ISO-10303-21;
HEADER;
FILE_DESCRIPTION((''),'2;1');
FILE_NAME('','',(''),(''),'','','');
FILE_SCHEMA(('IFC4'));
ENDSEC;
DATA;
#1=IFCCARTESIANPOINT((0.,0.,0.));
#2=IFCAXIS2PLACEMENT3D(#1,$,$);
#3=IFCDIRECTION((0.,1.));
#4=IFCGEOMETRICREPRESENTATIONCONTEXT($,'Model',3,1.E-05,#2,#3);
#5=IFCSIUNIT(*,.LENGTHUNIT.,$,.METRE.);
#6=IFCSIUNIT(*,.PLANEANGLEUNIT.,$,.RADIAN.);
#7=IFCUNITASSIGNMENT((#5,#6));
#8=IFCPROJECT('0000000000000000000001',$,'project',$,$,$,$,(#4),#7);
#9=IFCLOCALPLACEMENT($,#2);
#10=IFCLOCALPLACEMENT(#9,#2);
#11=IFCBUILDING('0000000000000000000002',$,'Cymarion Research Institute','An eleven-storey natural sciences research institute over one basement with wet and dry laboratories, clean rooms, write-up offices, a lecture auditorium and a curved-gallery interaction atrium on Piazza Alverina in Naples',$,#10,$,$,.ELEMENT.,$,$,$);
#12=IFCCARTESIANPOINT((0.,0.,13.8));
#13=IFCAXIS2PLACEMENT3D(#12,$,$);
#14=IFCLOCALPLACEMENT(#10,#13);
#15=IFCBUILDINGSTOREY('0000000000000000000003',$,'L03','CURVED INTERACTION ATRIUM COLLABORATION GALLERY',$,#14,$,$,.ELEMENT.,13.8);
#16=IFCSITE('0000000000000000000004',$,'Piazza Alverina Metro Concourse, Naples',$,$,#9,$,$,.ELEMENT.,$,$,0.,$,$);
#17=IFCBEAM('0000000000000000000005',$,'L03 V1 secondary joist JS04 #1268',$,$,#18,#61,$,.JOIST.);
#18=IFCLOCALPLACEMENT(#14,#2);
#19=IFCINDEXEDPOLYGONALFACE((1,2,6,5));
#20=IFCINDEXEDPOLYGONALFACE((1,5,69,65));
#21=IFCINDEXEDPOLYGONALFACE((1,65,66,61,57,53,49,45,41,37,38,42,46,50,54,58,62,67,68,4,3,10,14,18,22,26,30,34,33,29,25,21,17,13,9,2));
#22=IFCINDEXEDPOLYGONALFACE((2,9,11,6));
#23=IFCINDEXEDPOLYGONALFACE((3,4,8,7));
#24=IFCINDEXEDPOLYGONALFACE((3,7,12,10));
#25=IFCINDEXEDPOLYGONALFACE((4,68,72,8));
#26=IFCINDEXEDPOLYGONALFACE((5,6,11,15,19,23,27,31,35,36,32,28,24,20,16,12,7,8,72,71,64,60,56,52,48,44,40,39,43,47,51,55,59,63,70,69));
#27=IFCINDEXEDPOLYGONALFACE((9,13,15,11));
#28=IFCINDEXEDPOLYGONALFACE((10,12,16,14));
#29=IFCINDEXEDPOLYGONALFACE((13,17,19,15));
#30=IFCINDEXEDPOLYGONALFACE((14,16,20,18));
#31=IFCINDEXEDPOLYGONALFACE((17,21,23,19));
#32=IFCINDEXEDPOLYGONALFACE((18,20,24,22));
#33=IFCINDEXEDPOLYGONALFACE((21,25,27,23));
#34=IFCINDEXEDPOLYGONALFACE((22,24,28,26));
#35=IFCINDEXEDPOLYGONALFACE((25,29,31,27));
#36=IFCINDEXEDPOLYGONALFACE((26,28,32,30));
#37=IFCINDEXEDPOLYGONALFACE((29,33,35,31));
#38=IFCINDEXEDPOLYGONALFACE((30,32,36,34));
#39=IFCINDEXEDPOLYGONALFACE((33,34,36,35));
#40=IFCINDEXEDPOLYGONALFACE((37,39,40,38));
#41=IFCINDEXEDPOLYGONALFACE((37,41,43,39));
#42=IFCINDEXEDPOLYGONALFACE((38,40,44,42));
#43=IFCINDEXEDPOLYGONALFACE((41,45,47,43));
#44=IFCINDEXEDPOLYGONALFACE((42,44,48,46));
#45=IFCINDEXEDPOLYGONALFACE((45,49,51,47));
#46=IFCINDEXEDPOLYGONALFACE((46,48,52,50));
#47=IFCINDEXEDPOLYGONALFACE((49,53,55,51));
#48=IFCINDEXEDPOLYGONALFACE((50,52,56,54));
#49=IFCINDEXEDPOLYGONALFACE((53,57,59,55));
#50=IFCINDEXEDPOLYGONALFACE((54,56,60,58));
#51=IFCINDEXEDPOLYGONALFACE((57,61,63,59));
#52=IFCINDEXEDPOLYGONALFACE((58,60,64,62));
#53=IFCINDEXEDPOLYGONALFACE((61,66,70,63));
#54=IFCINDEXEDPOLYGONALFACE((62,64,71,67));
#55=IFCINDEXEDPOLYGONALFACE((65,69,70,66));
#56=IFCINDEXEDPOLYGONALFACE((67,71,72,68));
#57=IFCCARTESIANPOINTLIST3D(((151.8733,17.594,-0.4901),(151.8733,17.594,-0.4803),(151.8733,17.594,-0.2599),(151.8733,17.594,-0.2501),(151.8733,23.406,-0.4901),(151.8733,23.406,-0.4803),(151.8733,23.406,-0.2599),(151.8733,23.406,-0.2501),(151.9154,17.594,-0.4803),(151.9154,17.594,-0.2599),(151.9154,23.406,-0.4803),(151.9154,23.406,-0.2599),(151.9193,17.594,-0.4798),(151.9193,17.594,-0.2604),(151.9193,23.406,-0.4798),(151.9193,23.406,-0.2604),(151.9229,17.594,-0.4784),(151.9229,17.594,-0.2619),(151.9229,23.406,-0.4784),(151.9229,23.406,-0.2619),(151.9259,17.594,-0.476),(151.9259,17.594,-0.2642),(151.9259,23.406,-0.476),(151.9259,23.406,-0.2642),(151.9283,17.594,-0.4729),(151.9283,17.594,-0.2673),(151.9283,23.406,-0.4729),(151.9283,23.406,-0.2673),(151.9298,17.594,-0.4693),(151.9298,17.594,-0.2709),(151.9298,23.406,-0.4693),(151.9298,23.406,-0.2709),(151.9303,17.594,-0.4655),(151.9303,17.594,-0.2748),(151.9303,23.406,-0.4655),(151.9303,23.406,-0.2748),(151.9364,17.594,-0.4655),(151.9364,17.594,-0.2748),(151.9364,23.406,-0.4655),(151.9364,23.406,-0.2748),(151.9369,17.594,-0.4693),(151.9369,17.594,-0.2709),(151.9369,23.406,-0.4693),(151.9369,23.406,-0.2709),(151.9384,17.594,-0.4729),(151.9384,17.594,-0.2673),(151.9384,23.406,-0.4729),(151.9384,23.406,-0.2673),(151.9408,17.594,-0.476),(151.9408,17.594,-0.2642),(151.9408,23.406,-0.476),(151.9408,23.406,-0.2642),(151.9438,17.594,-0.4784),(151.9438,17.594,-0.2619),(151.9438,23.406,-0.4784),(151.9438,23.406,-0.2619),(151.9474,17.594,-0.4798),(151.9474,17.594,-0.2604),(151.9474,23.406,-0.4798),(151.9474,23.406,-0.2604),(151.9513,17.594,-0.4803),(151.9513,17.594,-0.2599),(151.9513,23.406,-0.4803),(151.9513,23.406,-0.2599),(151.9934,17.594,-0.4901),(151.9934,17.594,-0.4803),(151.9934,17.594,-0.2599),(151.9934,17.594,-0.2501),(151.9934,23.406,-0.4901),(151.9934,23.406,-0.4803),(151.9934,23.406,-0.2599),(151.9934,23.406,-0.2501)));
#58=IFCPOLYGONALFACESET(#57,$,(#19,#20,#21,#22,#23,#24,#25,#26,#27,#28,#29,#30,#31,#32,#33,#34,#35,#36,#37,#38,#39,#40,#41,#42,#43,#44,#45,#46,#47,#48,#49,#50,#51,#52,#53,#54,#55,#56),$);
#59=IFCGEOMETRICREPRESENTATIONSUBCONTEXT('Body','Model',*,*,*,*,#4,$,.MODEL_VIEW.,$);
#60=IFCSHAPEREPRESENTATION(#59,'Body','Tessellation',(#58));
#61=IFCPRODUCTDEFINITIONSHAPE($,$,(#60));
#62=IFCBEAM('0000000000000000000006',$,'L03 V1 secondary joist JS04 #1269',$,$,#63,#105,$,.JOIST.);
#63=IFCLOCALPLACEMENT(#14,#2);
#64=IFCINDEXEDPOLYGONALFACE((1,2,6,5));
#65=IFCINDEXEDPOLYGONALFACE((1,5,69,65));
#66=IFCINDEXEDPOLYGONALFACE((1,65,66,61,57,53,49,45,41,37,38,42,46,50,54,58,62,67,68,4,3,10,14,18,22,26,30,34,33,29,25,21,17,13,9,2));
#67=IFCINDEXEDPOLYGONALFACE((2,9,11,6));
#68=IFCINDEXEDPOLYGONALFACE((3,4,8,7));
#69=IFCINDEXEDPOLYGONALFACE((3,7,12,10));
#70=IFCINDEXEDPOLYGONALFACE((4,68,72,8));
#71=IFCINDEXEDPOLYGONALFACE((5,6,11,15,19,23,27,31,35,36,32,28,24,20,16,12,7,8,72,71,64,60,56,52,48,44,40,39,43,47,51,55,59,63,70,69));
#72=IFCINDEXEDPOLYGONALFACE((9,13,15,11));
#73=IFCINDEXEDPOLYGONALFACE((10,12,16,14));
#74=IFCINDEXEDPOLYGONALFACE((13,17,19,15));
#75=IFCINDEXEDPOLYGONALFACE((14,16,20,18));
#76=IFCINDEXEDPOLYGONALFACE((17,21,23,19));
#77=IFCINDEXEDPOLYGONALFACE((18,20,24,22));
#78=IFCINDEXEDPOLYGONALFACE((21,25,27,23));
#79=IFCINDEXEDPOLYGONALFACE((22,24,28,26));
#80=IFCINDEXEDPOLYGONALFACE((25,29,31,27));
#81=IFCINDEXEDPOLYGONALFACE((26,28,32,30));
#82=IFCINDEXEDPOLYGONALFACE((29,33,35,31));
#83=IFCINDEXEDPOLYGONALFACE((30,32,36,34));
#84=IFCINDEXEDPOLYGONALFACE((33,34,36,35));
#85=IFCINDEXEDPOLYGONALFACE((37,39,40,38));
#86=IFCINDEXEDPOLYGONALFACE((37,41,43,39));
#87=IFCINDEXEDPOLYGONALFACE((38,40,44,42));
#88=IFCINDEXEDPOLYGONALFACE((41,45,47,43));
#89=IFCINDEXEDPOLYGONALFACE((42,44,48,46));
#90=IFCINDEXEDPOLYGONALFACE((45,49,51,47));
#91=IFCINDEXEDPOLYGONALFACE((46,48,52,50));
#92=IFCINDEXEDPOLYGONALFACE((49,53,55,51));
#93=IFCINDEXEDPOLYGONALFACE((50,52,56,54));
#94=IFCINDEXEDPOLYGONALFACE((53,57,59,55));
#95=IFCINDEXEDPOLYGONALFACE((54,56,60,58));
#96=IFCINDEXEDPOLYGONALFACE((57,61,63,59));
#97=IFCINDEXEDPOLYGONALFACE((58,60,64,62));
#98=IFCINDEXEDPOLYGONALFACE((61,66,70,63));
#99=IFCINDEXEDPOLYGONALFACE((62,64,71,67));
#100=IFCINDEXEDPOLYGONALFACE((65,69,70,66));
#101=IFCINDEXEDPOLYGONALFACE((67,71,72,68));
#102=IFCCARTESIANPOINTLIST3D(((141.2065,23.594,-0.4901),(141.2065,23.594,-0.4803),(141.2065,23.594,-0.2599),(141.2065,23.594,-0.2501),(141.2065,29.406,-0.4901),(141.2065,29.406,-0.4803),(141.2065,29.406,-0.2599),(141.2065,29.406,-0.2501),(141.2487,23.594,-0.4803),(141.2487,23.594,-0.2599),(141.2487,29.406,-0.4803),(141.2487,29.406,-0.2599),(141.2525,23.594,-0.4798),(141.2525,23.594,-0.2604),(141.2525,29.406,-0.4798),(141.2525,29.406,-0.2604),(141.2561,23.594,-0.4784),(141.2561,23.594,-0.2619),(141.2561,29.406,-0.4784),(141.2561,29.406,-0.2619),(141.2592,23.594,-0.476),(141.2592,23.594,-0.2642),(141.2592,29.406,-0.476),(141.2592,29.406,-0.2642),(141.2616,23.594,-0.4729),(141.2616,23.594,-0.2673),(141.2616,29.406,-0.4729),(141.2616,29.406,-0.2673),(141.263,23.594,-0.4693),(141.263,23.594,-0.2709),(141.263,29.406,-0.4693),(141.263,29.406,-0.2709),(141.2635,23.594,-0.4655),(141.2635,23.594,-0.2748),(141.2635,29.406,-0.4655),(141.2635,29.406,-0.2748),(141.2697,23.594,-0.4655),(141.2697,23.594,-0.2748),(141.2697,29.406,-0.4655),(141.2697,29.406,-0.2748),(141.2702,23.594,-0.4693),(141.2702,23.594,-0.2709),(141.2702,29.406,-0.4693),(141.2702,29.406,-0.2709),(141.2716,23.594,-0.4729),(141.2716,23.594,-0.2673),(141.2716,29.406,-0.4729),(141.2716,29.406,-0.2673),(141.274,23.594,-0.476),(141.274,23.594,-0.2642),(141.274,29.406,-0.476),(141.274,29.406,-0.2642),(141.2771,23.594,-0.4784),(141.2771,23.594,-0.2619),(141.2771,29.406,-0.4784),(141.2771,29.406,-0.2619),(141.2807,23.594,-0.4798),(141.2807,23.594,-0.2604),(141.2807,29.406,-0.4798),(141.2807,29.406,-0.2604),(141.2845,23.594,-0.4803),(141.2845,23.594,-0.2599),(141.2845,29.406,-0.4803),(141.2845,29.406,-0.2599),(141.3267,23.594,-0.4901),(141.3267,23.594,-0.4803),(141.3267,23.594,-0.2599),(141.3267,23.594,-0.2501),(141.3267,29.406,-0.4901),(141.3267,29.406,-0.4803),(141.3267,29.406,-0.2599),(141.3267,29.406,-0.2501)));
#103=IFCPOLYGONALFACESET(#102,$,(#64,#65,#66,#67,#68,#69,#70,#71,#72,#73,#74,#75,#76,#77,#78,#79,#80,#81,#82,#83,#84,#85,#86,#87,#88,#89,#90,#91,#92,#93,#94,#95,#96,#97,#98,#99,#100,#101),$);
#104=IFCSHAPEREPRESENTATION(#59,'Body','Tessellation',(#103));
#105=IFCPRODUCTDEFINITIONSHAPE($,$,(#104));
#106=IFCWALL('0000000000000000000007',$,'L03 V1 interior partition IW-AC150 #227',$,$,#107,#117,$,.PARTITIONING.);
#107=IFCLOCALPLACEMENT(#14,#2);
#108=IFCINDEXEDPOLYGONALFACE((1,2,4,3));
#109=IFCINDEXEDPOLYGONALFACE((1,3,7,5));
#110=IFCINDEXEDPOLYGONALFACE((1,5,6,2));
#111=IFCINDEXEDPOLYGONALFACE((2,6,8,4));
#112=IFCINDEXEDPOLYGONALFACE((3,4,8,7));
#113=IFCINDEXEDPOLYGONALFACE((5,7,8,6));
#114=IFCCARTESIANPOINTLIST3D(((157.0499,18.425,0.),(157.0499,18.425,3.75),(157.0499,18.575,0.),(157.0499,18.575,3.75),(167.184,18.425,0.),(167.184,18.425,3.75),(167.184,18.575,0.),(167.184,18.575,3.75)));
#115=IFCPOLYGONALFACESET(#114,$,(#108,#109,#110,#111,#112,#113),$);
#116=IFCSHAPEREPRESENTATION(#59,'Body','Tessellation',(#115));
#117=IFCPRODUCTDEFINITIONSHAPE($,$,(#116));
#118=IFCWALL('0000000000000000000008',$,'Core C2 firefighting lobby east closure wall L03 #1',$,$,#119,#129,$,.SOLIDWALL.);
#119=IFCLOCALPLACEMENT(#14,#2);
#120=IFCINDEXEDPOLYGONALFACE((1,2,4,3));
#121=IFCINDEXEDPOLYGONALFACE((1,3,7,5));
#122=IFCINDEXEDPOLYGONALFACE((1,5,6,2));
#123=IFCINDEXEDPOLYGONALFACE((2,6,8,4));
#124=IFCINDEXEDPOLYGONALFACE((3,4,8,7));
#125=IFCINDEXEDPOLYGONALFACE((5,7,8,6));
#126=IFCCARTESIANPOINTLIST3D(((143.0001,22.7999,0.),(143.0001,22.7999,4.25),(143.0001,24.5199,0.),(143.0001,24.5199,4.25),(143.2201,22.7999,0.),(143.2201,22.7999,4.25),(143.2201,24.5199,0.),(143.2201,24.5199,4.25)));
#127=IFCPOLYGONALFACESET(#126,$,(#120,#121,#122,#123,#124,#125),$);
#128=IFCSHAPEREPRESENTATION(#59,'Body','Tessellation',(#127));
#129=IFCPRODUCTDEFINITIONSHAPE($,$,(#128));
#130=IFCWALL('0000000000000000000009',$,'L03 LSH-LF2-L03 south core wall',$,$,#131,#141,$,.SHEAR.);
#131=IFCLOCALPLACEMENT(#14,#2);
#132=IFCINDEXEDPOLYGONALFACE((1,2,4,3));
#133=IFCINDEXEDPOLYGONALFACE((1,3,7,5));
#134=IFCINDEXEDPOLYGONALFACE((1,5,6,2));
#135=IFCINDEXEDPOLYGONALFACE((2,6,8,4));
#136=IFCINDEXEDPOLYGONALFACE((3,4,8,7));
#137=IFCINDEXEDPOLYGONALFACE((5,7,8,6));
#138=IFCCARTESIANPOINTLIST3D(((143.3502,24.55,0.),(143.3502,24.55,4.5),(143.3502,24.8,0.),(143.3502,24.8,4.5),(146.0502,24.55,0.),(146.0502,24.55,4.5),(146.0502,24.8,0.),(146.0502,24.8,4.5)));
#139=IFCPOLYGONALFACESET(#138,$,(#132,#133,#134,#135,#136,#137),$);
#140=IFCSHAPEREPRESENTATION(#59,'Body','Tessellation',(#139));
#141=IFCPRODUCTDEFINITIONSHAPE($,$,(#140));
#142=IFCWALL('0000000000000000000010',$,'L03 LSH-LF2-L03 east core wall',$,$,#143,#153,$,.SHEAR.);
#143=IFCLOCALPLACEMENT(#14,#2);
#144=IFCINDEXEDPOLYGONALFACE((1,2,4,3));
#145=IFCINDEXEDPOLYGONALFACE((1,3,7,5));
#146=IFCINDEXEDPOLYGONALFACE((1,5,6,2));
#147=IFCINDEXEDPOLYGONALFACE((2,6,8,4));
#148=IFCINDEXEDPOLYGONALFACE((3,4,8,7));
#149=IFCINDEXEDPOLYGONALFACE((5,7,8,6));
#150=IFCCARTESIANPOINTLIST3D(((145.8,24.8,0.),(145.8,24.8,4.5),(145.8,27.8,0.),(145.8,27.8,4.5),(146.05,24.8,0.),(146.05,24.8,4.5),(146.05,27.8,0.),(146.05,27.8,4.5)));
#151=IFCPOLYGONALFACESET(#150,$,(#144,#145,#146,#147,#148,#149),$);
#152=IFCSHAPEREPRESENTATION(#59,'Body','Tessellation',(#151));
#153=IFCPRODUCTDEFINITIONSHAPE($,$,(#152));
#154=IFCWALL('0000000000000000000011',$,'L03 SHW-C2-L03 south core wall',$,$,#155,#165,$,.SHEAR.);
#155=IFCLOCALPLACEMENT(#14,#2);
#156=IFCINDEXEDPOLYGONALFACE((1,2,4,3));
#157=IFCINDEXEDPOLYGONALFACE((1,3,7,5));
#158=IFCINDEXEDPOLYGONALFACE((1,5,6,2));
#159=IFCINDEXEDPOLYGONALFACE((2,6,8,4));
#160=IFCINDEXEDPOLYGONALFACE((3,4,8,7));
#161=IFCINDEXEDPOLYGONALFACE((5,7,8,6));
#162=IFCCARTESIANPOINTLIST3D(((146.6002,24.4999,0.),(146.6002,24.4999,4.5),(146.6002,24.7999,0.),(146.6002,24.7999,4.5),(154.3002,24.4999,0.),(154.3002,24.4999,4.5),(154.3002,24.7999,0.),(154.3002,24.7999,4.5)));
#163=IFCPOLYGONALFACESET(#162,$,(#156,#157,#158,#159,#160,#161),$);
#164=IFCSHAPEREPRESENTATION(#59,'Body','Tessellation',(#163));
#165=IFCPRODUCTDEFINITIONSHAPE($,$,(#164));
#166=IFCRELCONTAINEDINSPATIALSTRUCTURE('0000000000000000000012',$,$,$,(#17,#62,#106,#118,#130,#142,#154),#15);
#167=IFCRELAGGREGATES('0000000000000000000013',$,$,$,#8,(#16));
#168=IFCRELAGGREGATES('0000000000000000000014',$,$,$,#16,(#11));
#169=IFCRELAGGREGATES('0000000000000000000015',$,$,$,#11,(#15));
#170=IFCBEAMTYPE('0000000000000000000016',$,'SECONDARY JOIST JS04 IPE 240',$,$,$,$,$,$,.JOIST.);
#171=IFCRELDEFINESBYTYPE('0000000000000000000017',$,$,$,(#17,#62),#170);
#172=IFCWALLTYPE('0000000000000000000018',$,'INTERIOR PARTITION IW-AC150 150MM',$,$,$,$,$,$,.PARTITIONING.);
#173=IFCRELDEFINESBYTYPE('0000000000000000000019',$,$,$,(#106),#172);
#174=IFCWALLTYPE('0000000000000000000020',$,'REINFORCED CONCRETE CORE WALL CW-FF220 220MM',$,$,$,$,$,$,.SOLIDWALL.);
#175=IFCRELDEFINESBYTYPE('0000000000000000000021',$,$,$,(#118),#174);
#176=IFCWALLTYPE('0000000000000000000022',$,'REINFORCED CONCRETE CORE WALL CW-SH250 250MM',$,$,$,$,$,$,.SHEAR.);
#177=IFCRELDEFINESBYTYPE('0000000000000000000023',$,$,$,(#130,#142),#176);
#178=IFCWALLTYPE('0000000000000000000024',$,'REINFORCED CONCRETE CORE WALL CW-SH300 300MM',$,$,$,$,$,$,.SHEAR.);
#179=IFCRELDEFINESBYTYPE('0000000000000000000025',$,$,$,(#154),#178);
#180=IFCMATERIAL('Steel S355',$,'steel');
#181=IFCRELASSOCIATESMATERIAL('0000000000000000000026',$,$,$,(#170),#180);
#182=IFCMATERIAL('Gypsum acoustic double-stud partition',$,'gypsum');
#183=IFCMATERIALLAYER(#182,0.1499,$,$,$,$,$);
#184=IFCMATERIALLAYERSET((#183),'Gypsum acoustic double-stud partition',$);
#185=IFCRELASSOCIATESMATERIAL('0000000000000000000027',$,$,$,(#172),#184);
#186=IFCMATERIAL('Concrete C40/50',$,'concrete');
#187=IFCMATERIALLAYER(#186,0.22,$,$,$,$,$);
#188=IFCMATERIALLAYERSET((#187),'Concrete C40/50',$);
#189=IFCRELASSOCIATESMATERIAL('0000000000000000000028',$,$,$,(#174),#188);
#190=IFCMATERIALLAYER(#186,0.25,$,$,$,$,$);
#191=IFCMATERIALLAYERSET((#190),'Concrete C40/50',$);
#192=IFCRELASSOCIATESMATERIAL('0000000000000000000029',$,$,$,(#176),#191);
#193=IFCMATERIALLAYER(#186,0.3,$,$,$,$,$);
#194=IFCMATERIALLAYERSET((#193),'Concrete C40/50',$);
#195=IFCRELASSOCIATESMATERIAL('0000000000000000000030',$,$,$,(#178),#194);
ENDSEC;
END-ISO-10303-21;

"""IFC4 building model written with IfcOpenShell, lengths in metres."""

from ifc_helpers import new_model, si_unit, direction, frame, frame_2d, origin, origin_2d, place, context, subcontext, project, spatial, rectangle, i_section, extrude, material, layer, layer_set, material_profile, profile_set, type_object, element, save


model = new_model("IFC4")

# Units and contexts
model_context = context("Model", 3, precision=1e-05, world=origin(), true_north=direction((0.0, 1.0)))
body_context = subcontext(model_context, "Body", "Model", "MODEL_VIEW")
ifc_project = project(units=[si_unit("LENGTHUNIT", "METRE"), si_unit("PLANEANGLEUNIT", "RADIAN")], contexts=[model_context])

# Site, building, storey
site_placement = place(None, origin())
site = spatial("IfcSite", under=ifc_project, at=site_placement, Name="Piazza Alverina Metro Concourse, Naples", CompositionType="ELEMENT", RefElevation=0.0)
building_placement = place(site_placement, origin())
building = spatial("IfcBuilding", under=site, at=building_placement, Name="Cymarion Research Institute", Description="An eleven-storey natural sciences research institute over one basement with wet and dry laboratories, clean rooms, write-up offices, a lecture auditorium and a curved-gallery interaction atrium on Piazza Alverina in Naples", CompositionType="ELEMENT")
storey_placement = place(building_placement, frame((0.0, 0.0, 13.8)))
storey = spatial("IfcBuildingStorey", under=building, at=storey_placement, Name="L03", Description="CURVED INTERACTION ATRIUM COLLABORATION GALLERY", CompositionType="ELEMENT", Elevation=13.8)

# Shared definitions
ifc_material_1 = material(Name="Steel S355", Category="steel")

# Beams
ifc_material_2 = material(Name="Concrete C40/50", Category="concrete")
ifc_material_profile_1 = material_profile(ifc_material_1, i_section(OverallWidth=0.1201, OverallDepth=0.24, WebThickness=0.0061, FlangeThickness=0.0098, FilletRadius=0.0149, at=origin_2d()), Name="IPE 240")
ifc_profile_set_1 = profile_set([ifc_material_profile_1], Name="Steel S355")
beam_type_1 = type_object("IfcBeamType", Name="SECONDARY JOIST JS04 IPE 240", PredefinedType="JOIST", material=ifc_profile_set_1)
for number, where, z_axis, x_axis, name in (
    (1, (151.9333, 17.594, -0.3701), (0.0, 1.0, 0.0), (-1.0, 0.0, 0.0), "L03 V1 secondary joist JS04 #1268"),
    (2, (141.2666, 23.594, -0.3701), (0.0, 1.0, 0.0), (-1.0, 0.0, 0.0), "L03 V1 secondary joist JS04 #1269"),
):
    element("IfcBeam", number, at=place(storey_placement, frame(where, z_axis=z_axis, x_axis=x_axis)), inside=storey, type_object=beam_type_1, Name=name, PredefinedType="JOIST", context=body_context, shape_type="SweptSolid", body=[
        extrude(i_section(OverallWidth=0.1201, OverallDepth=0.24, WebThickness=0.0061, FlangeThickness=0.0098, FilletRadius=0.0149, at=origin_2d()), origin(), (0.0, 0.0, 1.0), 5.812),
    ])

# Walls
ifc_material_3 = material(Name="Gypsum acoustic double-stud partition", Category="gypsum")
ifc_layer_1 = layer(ifc_material_3, 0.1499)
ifc_layer_set_1 = layer_set([ifc_layer_1], Name="Gypsum acoustic double-stud partition")
wall_type_1 = type_object("IfcWallType", Name="INTERIOR PARTITION IW-AC150 150MM", PredefinedType="PARTITIONING", material=ifc_layer_set_1)
wall_1_placement = place(storey_placement, frame((157.05, 18.5, 0.0), z_axis=(0.0, 0.0, 1.0), x_axis=(1.0, 0.0, 0.0)))
element("IfcWall", 3, at=wall_1_placement, inside=storey, type_object=wall_type_1, Name="L03 V1 interior partition IW-AC150 #227", PredefinedType="PARTITIONING", context=body_context, shape_type="SweptSolid", body=[
    extrude(rectangle(XDim=10.134, YDim=0.1499, at=frame_2d((5.0669, 0.0))), origin(), (0.0, 0.0, 1.0), 3.75),
])
ifc_layer_2 = layer(ifc_material_2, 0.22)
ifc_layer_set_2 = layer_set([ifc_layer_2], Name="Concrete C40/50")
wall_type_2 = type_object("IfcWallType", Name="REINFORCED CONCRETE CORE WALL CW-FF220 220MM", PredefinedType="SOLIDWALL", material=ifc_layer_set_2)
wall_2_placement = place(storey_placement, frame((143.1101, 22.8, 0.0), z_axis=(0.0, 0.0, 1.0), x_axis=(0.0, 1.0, 0.0)))
element("IfcWall", 4, at=wall_2_placement, inside=storey, type_object=wall_type_2, Name="Core C2 firefighting lobby east closure wall L03 #1", PredefinedType="SOLIDWALL", context=body_context, shape_type="SweptSolid", body=[
    extrude(rectangle(XDim=1.72, YDim=0.22, at=frame_2d((0.8599, 0.0))), origin(), (0.0, 0.0, 1.0), 4.25),
])
ifc_layer_3 = layer(ifc_material_2, 0.25)
ifc_layer_set_3 = layer_set([ifc_layer_3], Name="Concrete C40/50")
wall_type_3 = type_object("IfcWallType", Name="REINFORCED CONCRETE CORE WALL CW-SH250 250MM", PredefinedType="SHEAR", material=ifc_layer_set_3)
wall_3_placement = place(storey_placement, frame((143.3501, 24.675, 0.0), z_axis=(0.0, 0.0, 1.0), x_axis=(1.0, 0.0, 0.0)))
element("IfcWall", 5, at=wall_3_placement, inside=storey, type_object=wall_type_3, Name="L03 LSH-LF2-L03 south core wall", PredefinedType="SHEAR", context=body_context, shape_type="SweptSolid", body=[
    extrude(rectangle(XDim=2.7, YDim=0.25, at=frame_2d((1.3501, 0.0))), origin(), (0.0, 0.0, 1.0), 4.5),
])
wall_4_placement = place(storey_placement, frame((145.925, 24.8, 0.0), z_axis=(0.0, 0.0, 1.0), x_axis=(0.0, 1.0, 0.0)))
element("IfcWall", 6, at=wall_4_placement, inside=storey, type_object=wall_type_3, Name="L03 LSH-LF2-L03 east core wall", PredefinedType="SHEAR", context=body_context, shape_type="SweptSolid", body=[
    extrude(rectangle(XDim=3.0, YDim=0.25, at=frame_2d((1.5, 0.0))), origin(), (0.0, 0.0, 1.0), 4.5),
])
ifc_layer_4 = layer(ifc_material_2, 0.3)
ifc_layer_set_4 = layer_set([ifc_layer_4], Name="Concrete C40/50")
wall_type_4 = type_object("IfcWallType", Name="REINFORCED CONCRETE CORE WALL CW-SH300 300MM", PredefinedType="SHEAR", material=ifc_layer_set_4)
wall_5_placement = place(storey_placement, frame((146.6001, 24.6499, 0.0), z_axis=(0.0, 0.0, 1.0), x_axis=(1.0, 0.0, 0.0)))
element("IfcWall", 7, at=wall_5_placement, inside=storey, type_object=wall_type_4, Name="L03 SHW-C2-L03 south core wall", PredefinedType="SHEAR", context=body_context, shape_type="SweptSolid", body=[
    extrude(rectangle(XDim=7.7, YDim=0.3, at=frame_2d((3.8501, 0.0))), origin(), (0.0, 0.0, 1.0), 4.5),
])

save(model, "model.ifc")
